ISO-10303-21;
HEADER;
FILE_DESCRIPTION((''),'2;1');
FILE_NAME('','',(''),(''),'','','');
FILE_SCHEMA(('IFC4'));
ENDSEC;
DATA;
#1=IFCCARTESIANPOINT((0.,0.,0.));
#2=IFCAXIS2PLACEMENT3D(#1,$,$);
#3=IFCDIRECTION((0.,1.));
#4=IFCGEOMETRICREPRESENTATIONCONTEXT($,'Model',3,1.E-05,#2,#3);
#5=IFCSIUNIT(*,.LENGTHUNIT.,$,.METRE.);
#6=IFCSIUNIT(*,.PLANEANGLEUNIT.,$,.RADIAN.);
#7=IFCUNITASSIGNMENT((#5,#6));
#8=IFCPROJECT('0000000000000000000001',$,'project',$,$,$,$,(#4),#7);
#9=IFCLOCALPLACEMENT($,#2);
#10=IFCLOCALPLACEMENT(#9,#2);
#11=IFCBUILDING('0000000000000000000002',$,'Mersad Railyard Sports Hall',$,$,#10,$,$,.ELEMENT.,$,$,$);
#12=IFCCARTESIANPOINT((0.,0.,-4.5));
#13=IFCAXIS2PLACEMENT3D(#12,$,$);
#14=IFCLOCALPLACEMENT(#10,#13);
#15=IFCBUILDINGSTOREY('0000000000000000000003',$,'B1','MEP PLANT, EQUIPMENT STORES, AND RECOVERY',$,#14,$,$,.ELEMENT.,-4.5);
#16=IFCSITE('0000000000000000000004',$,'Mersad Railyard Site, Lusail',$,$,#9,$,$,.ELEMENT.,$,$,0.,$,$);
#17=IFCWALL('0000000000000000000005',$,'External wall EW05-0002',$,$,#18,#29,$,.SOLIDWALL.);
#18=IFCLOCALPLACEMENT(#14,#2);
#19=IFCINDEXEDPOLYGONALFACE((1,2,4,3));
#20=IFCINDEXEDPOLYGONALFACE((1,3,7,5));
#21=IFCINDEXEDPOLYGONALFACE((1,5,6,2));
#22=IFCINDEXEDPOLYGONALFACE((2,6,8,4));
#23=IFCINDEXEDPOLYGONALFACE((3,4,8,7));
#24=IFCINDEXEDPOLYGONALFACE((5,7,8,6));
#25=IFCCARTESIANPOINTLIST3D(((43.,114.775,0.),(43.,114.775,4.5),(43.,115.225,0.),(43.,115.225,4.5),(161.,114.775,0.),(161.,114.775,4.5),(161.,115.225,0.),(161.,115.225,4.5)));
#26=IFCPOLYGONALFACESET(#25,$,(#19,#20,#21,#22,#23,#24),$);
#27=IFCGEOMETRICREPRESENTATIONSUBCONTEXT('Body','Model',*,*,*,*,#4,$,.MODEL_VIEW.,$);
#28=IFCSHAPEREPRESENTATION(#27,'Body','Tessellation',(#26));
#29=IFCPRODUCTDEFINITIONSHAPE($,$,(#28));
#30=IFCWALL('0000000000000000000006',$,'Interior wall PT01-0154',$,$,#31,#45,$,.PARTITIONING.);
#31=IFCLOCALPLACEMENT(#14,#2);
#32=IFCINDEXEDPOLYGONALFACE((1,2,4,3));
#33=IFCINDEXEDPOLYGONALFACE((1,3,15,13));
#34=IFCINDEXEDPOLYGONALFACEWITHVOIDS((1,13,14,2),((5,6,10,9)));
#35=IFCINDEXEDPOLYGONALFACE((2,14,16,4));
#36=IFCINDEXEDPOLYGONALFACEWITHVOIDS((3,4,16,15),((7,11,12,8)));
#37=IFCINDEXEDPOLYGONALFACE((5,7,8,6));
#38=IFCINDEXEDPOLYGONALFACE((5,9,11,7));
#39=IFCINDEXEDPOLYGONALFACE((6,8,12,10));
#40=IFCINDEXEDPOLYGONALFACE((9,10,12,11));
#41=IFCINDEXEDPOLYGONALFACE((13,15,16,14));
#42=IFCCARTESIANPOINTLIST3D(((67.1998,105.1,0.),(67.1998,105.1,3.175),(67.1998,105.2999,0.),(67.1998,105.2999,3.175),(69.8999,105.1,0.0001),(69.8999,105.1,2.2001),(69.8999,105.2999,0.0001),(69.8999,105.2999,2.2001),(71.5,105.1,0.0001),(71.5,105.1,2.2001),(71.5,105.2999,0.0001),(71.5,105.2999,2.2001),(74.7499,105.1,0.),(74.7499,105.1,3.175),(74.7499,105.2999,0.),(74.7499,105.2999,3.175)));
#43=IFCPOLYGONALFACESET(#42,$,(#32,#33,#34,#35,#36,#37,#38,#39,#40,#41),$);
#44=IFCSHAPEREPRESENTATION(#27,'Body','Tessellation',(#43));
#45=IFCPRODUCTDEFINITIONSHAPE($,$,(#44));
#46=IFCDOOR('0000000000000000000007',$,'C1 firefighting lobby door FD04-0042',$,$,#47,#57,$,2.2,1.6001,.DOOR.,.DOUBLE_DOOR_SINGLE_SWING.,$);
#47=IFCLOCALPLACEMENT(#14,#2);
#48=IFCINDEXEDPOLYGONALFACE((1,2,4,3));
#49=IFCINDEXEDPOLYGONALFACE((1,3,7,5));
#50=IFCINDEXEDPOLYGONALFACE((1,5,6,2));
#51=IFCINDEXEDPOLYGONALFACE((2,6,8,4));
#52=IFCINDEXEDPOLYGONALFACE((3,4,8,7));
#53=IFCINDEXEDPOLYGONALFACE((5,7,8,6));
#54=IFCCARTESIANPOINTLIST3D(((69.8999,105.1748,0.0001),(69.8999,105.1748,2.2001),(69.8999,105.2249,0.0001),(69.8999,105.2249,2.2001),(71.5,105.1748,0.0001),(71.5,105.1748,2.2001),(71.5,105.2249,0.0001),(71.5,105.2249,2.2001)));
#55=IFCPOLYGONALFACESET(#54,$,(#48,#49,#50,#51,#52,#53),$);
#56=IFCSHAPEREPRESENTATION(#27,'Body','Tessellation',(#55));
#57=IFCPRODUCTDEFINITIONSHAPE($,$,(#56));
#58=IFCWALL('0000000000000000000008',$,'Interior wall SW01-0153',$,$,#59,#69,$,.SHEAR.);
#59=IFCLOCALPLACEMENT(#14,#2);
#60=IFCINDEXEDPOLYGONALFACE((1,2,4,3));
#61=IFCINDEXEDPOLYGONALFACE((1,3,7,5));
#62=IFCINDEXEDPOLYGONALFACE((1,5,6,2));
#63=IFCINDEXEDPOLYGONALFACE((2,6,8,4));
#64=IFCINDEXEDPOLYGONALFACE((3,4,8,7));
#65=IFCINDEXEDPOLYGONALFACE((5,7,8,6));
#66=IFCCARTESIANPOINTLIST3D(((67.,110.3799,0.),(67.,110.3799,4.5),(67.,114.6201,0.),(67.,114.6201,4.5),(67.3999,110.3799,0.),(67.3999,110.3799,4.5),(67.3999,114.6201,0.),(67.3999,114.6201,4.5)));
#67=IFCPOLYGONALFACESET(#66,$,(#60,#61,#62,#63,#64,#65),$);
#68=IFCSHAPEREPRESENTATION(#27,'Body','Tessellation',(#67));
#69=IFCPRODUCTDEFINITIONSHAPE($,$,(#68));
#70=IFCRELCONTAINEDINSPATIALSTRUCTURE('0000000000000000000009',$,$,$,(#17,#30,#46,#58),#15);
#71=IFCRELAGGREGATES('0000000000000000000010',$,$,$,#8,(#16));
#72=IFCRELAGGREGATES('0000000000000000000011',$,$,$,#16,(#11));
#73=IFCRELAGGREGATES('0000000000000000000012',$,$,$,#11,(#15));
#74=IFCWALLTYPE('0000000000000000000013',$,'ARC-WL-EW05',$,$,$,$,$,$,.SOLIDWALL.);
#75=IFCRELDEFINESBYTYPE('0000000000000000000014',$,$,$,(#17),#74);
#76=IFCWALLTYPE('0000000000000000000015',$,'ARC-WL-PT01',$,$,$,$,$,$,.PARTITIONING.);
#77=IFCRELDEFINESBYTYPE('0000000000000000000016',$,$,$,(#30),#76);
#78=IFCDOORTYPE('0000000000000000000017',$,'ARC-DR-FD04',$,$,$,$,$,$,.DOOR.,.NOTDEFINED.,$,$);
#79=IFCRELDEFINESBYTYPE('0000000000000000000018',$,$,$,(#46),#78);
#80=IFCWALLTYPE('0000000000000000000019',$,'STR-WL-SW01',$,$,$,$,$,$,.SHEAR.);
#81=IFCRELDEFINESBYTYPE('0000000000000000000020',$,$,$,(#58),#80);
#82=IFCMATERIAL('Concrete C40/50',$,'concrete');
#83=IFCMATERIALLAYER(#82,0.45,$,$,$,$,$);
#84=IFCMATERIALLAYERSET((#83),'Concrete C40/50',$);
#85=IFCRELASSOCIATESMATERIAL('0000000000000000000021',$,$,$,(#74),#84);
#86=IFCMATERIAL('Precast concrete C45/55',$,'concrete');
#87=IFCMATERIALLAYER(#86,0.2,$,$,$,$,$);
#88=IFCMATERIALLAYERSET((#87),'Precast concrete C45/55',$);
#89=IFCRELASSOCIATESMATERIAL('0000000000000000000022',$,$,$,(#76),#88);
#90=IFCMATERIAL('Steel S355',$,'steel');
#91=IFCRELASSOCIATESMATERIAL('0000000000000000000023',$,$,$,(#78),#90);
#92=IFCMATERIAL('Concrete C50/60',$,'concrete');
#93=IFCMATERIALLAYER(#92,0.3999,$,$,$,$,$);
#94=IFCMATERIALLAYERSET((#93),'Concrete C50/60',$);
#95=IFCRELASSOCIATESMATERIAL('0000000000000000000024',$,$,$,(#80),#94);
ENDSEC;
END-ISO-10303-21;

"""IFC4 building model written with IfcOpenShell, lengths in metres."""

from ifc_helpers import new_model, si_unit, direction, frame, frame_2d, origin, place, context, subcontext, project, spatial, rectangle, extrude, material, layer, layer_set, type_object, element, fill, save


model = new_model("IFC4")

# Units and contexts
model_context = context("Model", 3, precision=1e-05, world=origin(), true_north=direction((0.0, 1.0)))
body_context = subcontext(model_context, "Body", "Model", "MODEL_VIEW")
ifc_project = project(units=[si_unit("LENGTHUNIT", "METRE"), si_unit("PLANEANGLEUNIT", "RADIAN")], contexts=[model_context])

# Site, building, storey
site_placement = place(None, origin())
site = spatial("IfcSite", under=ifc_project, at=site_placement, Name="Mersad Railyard Site, Lusail", CompositionType="ELEMENT", RefElevation=0.0)
building_placement = place(site_placement, origin())
building = spatial("IfcBuilding", under=site, at=building_placement, Name="Mersad Railyard Sports Hall", CompositionType="ELEMENT")
storey_placement = place(building_placement, frame((0.0, 0.0, -4.5)))
storey = spatial("IfcBuildingStorey", under=building, at=storey_placement, Name="B1", Description="MEP PLANT, EQUIPMENT STORES, AND RECOVERY", CompositionType="ELEMENT", Elevation=-4.5)

# Shared definitions
ifc_material_1 = material(Name="Concrete C40/50", Category="concrete")

# Shared definitions
ifc_material_2 = material(Name="Concrete C50/60", Category="concrete")

# Wall
ifc_layer_1 = layer(ifc_material_1, 0.45)
ifc_layer_set_1 = layer_set([ifc_layer_1], Name="Concrete C40/50")
wall_type_1 = type_object("IfcWallType", Name="ARC-WL-EW05", PredefinedType="SOLIDWALL", material=ifc_layer_set_1)
wall_1_placement = place(storey_placement, frame((43.0, 115.0, 0.0), z_axis=(0.0, 0.0, 1.0), x_axis=(1.0, 0.0, 0.0)))
element("IfcWall", 1, at=wall_1_placement, inside=storey, type_object=wall_type_1, Name="External wall EW05-0002", PredefinedType="SOLIDWALL", context=body_context, shape_type="SweptSolid", body=[
    extrude(rectangle(XDim=118.0, YDim=0.45, at=frame_2d((59.0, 0.0))), origin(), (0.0, 0.0, 1.0), 4.5),
])

# Wall, opening, door
ifc_material_3 = material(Name="Precast concrete C45/55", Category="concrete")
ifc_layer_2 = layer(ifc_material_3, 0.2)
ifc_layer_set_2 = layer_set([ifc_layer_2], Name="Precast concrete C45/55")
wall_type_2 = type_object("IfcWallType", Name="ARC-WL-PT01", PredefinedType="PARTITIONING", material=ifc_layer_set_2)
wall_2_placement = place(storey_placement, frame((67.2, 105.2, 0.0), z_axis=(0.0, 0.0, 1.0), x_axis=(1.0, 0.0, 0.0)))
wall_2 = element("IfcWall", 2, at=wall_2_placement, inside=storey, type_object=wall_type_2, Name="Interior wall PT01-0154", PredefinedType="PARTITIONING", context=body_context, shape_type="SweptSolid", body=[
    extrude(rectangle(XDim=7.55, YDim=0.2, at=frame_2d((3.7749, 0.0))), origin(), (0.0, 0.0, 1.0), 3.175),
])
opening_1_placement = place(wall_2_placement, frame((2.7, 0.0, 0.0)))
opening_1 = element("IfcOpeningElement", 3, at=opening_1_placement, cuts=wall_2, PredefinedType="OPENING", context=body_context, shape_type="SweptSolid", body=[
    extrude(rectangle(XDim=1.6001, YDim=2.2, at=frame_2d((0.8, 1.1001))), frame((0.0, 0.1099, 0.0), z_axis=(0.0, -1.0, 0.0), x_axis=(1.0, 0.0, 0.0)), (0.0, 0.0, 1.0), 0.22),
])
ifc_material_4 = material(Name="Steel S355", Category="steel")
door_type_1 = type_object("IfcDoorType", Name="ARC-DR-FD04", OperationType="NOTDEFINED", PredefinedType="DOOR", material=ifc_material_4)
door_1_placement = place(opening_1_placement, origin())
door_1 = element("IfcDoor", 4, at=door_1_placement, inside=storey, type_object=door_type_1, Name="C1 firefighting lobby door FD04-0042", OperationType="DOUBLE_DOOR_SINGLE_SWING", OverallHeight=2.2, OverallWidth=1.6001, PredefinedType="DOOR", context=body_context, shape_type="SweptSolid", body=[
    extrude(rectangle(XDim=1.6001, YDim=2.2, at=frame_2d((0.8, 1.1001))), frame((0.0, 0.0249, 0.0), z_axis=(0.0, -1.0, 0.0), x_axis=(1.0, 0.0, 0.0)), (0.0, 0.0, 1.0), 0.05),
])
fill(opening_1, door_1)
ifc_layer_3 = layer(ifc_material_2, 0.3999)
ifc_layer_set_3 = layer_set([ifc_layer_3], Name="Concrete C50/60")
wall_type_3 = type_object("IfcWallType", Name="STR-WL-SW01", PredefinedType="SHEAR", material=ifc_layer_set_3)

# Wall
wall_3_placement = place(storey_placement, frame((67.2, 114.6201, 0.0), z_axis=(0.0, 0.0, 1.0), x_axis=(0.0, -1.0, 0.0)))
element("IfcWall", 5, at=wall_3_placement, inside=storey, type_object=wall_type_3, Name="Interior wall SW01-0153", PredefinedType="SHEAR", context=body_context, shape_type="SweptSolid", body=[
    extrude(rectangle(XDim=4.2402, YDim=0.3999, at=frame_2d((2.1201, 0.0))), origin(), (0.0, 0.0, 1.0), 4.5),
])

save(model, "model.ifc")
